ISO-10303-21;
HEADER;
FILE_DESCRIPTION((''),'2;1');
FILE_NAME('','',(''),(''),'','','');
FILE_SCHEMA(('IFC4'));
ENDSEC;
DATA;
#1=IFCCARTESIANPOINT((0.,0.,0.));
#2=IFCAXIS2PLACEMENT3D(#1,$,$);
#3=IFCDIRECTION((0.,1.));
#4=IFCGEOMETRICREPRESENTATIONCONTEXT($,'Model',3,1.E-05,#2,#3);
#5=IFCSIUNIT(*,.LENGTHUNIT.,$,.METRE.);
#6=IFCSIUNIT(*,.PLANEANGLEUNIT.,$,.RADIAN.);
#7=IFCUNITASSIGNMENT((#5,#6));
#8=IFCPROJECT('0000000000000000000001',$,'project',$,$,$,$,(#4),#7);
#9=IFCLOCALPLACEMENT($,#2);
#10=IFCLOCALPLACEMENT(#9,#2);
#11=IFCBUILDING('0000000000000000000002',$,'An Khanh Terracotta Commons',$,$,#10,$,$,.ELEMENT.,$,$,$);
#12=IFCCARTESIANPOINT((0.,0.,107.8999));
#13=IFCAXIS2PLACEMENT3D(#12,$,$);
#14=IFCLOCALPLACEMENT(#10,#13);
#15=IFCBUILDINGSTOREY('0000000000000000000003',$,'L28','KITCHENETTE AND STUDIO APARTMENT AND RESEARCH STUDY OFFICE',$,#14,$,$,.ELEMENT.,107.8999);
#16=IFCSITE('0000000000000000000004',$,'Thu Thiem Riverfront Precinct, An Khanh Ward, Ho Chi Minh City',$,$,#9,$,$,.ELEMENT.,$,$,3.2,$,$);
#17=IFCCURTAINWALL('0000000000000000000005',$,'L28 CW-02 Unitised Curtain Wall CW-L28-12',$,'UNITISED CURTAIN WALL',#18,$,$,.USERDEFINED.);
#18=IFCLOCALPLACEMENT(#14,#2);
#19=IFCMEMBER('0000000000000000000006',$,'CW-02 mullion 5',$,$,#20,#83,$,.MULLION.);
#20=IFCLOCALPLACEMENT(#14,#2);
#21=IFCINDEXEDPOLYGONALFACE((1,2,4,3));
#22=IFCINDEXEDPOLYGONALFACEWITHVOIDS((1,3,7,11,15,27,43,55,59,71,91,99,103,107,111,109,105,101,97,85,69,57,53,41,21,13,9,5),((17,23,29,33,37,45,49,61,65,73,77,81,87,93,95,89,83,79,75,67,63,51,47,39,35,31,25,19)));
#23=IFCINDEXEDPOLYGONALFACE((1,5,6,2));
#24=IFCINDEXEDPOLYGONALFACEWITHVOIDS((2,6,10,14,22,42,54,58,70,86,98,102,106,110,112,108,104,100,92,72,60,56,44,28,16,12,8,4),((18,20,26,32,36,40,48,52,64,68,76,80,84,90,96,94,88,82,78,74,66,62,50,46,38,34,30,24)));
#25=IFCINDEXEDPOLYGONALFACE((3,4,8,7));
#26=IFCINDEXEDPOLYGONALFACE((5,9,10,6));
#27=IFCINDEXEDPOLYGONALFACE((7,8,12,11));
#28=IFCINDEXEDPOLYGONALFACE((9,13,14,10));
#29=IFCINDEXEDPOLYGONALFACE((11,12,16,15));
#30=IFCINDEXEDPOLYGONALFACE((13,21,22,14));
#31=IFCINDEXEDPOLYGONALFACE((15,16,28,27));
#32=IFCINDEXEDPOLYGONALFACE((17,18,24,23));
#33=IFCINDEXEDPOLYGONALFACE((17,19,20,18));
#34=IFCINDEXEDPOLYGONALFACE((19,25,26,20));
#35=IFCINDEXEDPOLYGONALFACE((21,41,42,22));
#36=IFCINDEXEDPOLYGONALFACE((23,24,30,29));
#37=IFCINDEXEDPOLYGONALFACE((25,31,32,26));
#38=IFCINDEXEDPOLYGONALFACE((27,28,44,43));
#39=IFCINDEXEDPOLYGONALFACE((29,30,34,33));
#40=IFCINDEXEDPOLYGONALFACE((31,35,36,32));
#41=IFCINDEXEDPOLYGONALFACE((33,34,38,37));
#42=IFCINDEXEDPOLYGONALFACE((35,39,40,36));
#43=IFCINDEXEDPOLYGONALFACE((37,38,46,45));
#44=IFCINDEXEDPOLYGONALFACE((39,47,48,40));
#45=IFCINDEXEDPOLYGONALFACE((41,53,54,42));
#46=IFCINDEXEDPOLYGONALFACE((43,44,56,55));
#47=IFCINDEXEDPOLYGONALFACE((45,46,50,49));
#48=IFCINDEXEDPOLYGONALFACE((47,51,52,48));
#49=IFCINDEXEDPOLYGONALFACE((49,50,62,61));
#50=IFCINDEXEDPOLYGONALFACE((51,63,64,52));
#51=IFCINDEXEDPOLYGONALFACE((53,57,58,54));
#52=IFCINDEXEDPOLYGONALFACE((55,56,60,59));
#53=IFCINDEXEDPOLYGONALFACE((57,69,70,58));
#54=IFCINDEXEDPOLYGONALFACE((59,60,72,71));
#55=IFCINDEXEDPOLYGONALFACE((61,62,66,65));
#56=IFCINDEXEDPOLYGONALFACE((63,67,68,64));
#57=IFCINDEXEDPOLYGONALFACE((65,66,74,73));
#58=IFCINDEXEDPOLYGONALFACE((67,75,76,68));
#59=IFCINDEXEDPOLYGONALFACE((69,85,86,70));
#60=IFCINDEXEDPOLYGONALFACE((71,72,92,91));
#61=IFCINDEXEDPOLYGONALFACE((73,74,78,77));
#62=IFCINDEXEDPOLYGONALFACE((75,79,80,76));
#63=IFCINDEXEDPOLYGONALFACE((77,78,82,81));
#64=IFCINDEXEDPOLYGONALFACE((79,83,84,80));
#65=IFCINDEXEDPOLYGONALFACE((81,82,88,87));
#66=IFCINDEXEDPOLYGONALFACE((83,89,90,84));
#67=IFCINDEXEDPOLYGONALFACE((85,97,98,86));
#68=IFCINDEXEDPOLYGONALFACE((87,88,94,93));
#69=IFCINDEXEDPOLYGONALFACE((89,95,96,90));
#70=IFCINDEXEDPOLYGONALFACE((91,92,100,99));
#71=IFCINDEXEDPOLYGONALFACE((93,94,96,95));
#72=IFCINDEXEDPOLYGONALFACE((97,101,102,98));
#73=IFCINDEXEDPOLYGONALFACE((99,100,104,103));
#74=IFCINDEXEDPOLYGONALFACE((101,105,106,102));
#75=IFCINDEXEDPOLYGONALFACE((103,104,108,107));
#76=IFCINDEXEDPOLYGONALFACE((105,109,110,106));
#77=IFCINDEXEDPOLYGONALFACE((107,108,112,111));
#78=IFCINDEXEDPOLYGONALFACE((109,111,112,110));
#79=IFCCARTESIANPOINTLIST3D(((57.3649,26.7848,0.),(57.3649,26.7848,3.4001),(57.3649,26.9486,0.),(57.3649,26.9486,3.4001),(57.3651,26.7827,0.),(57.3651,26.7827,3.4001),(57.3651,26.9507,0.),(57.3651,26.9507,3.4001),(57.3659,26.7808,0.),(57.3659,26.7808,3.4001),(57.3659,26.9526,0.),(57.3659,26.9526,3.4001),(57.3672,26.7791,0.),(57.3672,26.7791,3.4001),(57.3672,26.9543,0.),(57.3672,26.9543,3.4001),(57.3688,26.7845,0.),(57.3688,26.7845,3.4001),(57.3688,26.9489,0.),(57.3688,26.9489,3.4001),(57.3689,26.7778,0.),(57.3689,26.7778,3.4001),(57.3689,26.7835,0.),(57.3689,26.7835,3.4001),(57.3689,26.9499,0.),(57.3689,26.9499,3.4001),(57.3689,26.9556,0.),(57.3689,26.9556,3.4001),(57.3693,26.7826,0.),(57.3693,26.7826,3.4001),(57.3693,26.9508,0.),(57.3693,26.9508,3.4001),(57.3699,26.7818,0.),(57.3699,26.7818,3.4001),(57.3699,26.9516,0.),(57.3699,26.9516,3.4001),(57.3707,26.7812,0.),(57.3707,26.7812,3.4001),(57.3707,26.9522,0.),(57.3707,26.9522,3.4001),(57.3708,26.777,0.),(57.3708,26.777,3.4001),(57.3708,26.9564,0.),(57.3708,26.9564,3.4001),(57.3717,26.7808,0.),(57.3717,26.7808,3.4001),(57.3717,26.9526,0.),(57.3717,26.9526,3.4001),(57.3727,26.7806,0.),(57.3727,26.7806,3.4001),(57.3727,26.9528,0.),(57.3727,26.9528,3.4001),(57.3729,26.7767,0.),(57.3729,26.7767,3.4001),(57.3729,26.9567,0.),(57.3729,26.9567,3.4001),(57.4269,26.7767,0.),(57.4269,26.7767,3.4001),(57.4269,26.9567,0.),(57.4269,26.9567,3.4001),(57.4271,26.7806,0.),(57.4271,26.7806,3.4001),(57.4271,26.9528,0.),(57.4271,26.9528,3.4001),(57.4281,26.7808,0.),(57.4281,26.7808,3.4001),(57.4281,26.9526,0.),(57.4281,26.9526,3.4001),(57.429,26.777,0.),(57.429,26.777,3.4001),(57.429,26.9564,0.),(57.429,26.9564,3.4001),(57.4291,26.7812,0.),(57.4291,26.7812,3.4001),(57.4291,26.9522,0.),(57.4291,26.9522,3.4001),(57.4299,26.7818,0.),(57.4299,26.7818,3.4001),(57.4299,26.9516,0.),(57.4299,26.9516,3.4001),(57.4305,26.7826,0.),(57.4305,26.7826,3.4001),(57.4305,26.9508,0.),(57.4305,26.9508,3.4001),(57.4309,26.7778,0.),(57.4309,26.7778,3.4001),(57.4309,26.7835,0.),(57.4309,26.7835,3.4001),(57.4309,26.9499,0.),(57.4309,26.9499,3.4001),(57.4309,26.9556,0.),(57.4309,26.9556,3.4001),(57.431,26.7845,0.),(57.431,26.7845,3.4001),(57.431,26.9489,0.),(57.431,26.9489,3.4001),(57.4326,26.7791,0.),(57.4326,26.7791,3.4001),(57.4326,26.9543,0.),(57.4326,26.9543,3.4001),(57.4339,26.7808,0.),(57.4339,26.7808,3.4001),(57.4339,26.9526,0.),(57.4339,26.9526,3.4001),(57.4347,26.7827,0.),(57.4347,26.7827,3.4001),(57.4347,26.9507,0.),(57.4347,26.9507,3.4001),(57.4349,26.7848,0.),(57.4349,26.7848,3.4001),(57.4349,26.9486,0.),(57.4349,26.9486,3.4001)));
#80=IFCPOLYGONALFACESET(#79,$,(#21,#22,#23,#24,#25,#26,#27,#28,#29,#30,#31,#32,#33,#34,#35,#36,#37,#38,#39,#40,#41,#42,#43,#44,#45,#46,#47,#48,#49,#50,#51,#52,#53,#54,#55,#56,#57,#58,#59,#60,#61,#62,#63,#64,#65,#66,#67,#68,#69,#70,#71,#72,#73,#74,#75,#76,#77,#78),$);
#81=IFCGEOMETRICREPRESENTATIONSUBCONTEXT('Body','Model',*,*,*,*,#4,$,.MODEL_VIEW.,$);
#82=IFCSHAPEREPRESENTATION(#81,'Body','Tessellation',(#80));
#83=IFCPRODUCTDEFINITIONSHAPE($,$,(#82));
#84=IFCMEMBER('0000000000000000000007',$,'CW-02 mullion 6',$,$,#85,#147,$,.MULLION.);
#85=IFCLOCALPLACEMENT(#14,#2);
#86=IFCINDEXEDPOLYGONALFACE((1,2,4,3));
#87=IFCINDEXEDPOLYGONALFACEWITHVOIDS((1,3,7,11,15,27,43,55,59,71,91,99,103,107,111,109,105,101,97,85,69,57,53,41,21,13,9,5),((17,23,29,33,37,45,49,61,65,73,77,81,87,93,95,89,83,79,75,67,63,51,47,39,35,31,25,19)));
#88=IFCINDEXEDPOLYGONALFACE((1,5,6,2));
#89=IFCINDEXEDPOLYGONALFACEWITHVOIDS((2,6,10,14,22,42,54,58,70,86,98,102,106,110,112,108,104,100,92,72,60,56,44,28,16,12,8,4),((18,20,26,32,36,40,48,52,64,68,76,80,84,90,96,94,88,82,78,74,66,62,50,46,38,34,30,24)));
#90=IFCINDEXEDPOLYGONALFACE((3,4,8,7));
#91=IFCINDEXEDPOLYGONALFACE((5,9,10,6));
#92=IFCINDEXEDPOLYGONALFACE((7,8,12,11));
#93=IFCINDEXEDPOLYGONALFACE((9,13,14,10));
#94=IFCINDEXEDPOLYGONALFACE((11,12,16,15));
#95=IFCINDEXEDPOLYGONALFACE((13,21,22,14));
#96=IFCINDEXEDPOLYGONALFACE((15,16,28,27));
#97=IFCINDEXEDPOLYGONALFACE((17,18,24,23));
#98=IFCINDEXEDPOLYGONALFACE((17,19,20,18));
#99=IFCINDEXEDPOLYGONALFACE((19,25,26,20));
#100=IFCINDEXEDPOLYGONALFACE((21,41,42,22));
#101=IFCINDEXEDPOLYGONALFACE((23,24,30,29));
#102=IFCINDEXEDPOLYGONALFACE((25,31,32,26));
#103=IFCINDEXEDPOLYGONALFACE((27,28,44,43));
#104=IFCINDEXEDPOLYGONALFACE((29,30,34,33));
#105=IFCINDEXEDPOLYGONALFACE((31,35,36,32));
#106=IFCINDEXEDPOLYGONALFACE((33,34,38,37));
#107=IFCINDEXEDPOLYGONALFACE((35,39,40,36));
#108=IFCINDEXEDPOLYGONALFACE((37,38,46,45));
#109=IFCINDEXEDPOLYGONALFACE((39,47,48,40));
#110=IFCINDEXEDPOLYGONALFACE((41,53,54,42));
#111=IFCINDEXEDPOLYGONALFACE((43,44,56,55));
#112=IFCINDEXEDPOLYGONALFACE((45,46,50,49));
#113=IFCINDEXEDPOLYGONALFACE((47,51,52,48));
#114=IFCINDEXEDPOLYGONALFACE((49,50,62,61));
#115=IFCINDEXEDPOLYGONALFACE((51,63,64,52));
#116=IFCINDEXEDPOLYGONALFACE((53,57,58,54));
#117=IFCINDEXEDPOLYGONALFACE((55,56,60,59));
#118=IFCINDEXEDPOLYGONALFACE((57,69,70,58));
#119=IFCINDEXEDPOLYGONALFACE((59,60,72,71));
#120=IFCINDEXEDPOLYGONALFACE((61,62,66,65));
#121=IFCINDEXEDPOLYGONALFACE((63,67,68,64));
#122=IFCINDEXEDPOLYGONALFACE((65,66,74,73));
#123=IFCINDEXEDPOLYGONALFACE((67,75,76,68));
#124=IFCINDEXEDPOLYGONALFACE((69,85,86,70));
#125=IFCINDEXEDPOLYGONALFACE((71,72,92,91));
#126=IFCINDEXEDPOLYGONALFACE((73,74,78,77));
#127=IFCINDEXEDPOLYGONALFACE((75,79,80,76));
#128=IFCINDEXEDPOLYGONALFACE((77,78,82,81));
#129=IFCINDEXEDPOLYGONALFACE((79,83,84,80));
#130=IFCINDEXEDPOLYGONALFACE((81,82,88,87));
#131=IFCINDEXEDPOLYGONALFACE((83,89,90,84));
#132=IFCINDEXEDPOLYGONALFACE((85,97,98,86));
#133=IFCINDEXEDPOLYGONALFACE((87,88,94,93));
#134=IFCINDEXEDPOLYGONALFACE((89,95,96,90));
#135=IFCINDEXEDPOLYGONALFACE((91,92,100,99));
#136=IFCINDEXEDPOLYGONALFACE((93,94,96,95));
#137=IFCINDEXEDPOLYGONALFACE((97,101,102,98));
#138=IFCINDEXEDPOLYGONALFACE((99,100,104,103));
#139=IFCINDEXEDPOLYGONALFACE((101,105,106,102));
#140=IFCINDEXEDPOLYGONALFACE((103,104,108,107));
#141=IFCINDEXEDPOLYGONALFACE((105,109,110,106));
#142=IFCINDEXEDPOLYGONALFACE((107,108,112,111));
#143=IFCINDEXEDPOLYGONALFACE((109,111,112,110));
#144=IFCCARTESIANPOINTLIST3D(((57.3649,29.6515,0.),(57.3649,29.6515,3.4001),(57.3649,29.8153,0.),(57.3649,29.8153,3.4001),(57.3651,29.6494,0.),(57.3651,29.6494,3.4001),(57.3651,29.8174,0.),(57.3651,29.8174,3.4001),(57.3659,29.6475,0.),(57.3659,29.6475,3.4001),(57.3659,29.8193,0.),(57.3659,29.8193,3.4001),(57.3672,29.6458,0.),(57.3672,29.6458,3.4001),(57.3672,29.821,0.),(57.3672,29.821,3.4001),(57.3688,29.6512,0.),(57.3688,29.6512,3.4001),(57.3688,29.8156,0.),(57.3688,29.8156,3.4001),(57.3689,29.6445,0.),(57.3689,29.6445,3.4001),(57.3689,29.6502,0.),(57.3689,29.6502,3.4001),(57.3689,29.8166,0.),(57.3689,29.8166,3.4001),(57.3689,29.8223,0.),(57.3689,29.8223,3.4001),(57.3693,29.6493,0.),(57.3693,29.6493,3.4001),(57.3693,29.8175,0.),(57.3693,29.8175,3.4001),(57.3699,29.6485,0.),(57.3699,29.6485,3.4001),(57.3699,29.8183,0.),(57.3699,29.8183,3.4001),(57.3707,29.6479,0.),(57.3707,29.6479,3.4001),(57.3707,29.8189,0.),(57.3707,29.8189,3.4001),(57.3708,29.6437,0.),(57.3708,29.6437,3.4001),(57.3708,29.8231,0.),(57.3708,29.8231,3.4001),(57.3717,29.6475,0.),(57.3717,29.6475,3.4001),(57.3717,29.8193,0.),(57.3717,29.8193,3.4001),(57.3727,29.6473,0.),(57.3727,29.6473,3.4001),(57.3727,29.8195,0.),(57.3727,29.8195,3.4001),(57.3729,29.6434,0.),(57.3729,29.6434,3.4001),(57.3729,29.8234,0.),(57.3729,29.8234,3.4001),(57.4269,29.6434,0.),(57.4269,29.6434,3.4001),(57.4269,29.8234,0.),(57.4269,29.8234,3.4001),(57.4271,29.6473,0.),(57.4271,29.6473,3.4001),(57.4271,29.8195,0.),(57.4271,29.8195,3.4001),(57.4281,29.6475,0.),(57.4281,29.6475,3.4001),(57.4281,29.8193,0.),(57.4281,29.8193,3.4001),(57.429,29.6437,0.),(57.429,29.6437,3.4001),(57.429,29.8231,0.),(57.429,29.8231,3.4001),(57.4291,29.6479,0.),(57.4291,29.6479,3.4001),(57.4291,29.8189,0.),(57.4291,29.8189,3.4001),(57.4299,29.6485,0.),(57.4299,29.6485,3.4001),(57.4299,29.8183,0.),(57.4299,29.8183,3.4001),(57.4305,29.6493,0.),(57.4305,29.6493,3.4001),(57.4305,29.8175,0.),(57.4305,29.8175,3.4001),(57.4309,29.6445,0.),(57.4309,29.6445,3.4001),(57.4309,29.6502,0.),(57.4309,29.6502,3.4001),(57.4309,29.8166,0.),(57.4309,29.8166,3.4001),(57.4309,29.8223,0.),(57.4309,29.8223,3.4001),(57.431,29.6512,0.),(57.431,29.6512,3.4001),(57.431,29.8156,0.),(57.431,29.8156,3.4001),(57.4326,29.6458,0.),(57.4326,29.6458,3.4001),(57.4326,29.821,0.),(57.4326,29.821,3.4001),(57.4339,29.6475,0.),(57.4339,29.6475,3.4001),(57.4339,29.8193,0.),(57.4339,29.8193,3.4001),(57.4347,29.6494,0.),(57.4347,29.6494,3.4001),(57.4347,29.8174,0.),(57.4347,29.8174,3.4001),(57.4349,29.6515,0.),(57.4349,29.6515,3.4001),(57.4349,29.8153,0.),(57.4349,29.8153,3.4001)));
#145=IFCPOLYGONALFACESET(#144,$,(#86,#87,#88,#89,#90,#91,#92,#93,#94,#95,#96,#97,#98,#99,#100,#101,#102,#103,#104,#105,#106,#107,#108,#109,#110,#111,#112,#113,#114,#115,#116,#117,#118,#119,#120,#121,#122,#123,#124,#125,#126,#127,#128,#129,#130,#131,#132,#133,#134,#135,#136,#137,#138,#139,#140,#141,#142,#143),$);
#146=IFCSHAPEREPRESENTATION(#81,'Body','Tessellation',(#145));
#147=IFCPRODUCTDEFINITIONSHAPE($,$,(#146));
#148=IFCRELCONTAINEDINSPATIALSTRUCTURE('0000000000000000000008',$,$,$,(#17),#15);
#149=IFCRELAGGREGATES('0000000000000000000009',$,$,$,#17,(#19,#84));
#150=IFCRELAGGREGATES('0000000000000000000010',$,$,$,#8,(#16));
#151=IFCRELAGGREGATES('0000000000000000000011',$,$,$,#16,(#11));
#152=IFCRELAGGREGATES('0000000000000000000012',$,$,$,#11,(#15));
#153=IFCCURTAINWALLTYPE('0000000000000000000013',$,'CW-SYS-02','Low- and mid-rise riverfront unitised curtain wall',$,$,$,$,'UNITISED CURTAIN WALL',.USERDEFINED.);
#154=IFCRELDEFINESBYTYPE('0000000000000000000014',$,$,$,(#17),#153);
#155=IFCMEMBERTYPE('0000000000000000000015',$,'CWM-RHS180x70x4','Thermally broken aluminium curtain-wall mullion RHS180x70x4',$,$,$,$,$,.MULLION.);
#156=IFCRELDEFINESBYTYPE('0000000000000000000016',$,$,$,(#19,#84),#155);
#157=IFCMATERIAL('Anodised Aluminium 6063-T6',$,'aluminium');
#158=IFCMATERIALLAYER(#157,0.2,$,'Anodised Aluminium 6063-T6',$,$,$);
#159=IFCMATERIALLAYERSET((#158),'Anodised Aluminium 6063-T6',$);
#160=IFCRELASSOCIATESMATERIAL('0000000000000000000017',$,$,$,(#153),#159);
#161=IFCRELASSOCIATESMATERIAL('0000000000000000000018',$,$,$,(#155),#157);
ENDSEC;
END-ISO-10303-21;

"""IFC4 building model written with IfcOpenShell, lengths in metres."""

from ifc_helpers import new_model, si_unit, direction, frame, origin, origin_2d, place, context, subcontext, project, spatial, hollow_rectangle, extrude, material, layer, layer_set, material_profile, profile_set, type_object, element, aggregate, save


model = new_model("IFC4")

# Units and contexts
model_context = context("Model", 3, precision=1e-05, world=origin(), true_north=direction((0.0, 1.0)))
body_context = subcontext(model_context, "Body", "Model", "MODEL_VIEW")
ifc_project = project(units=[si_unit("LENGTHUNIT", "METRE"), si_unit("PLANEANGLEUNIT", "RADIAN")], contexts=[model_context])

# Site, building, storey
site_placement = place(None, origin())
site = spatial("IfcSite", under=ifc_project, at=site_placement, Name="Thu Thiem Riverfront Precinct, An Khanh Ward, Ho Chi Minh City", CompositionType="ELEMENT", RefElevation=3.2)
building_placement = place(site_placement, origin())
building = spatial("IfcBuilding", under=site, at=building_placement, Name="An Khanh Terracotta Commons", CompositionType="ELEMENT")
storey_placement = place(building_placement, frame((0.0, 0.0, 107.8999)))
storey = spatial("IfcBuildingStorey", under=building, at=storey_placement, Name="L28", Description="KITCHENETTE AND STUDIO APARTMENT AND RESEARCH STUDY OFFICE", CompositionType="ELEMENT", Elevation=107.8999)

# Curtain wall, members
ifc_material_1 = material(Name="Anodised Aluminium 6063-T6", Category="aluminium")
ifc_layer_1 = layer(ifc_material_1, 0.2, Name="Anodised Aluminium 6063-T6")
ifc_layer_set_1 = layer_set([ifc_layer_1], Name="Anodised Aluminium 6063-T6")
curtain_wall_type = type_object("IfcCurtainWallType", Name="CW-SYS-02", Description="Low- and mid-rise riverfront unitised curtain wall", ElementType="UNITISED CURTAIN WALL", PredefinedType="USERDEFINED", material=ifc_layer_set_1)
curtain_wall_placement = place(storey_placement, origin())
curtain_wall = element("IfcCurtainWall", 1, at=curtain_wall_placement, inside=storey, type_object=curtain_wall_type, Name="L28 CW-02 Unitised Curtain Wall CW-L28-12", ObjectType="UNITISED CURTAIN WALL", PredefinedType="USERDEFINED")
ifc_material_profile_1 = material_profile(ifc_material_1, hollow_rectangle(XDim=0.0701, YDim=0.1799, WallThickness=0.0039, InnerFilletRadius=0.0039, OuterFilletRadius=0.0081, at=origin_2d()), Name="RHS180x70x4")
ifc_profile_set_1 = profile_set([ifc_material_profile_1], Name="Anodised Aluminium 6063-T6")
member_type_1 = type_object("IfcMemberType", Name="CWM-RHS180x70x4", Description="Thermally broken aluminium curtain-wall mullion RHS180x70x4", PredefinedType="MULLION", material=ifc_profile_set_1)
member_1_placement = place(storey_placement, frame((57.3999, 26.8667, 0.0), z_axis=(0.0, 0.0, 1.0), x_axis=(-1.0, 0.0, 0.0)))
member_1 = element("IfcMember", 2, at=member_1_placement, type_object=member_type_1, Name="CW-02 mullion 5", PredefinedType="MULLION", context=body_context, shape_type="SweptSolid", body=[
    extrude(hollow_rectangle(XDim=0.0701, YDim=0.1799, WallThickness=0.0039, InnerFilletRadius=0.0039, OuterFilletRadius=0.0081, at=origin_2d()), origin(), (0.0, 0.0, 1.0), 3.4001),
])
member_2_placement = place(storey_placement, frame((57.3999, 29.7334, 0.0), z_axis=(0.0, 0.0, 1.0), x_axis=(-1.0, 0.0, 0.0)))
member_2 = element("IfcMember", 3, at=member_2_placement, type_object=member_type_1, Name="CW-02 mullion 6", PredefinedType="MULLION", context=body_context, shape_type="SweptSolid", body=[
    extrude(hollow_rectangle(XDim=0.0701, YDim=0.1799, WallThickness=0.0039, InnerFilletRadius=0.0039, OuterFilletRadius=0.0081, at=origin_2d()), origin(), (0.0, 0.0, 1.0), 3.4001),
])
aggregate(curtain_wall, [member_1, member_2])

save(model, "model.ifc")
